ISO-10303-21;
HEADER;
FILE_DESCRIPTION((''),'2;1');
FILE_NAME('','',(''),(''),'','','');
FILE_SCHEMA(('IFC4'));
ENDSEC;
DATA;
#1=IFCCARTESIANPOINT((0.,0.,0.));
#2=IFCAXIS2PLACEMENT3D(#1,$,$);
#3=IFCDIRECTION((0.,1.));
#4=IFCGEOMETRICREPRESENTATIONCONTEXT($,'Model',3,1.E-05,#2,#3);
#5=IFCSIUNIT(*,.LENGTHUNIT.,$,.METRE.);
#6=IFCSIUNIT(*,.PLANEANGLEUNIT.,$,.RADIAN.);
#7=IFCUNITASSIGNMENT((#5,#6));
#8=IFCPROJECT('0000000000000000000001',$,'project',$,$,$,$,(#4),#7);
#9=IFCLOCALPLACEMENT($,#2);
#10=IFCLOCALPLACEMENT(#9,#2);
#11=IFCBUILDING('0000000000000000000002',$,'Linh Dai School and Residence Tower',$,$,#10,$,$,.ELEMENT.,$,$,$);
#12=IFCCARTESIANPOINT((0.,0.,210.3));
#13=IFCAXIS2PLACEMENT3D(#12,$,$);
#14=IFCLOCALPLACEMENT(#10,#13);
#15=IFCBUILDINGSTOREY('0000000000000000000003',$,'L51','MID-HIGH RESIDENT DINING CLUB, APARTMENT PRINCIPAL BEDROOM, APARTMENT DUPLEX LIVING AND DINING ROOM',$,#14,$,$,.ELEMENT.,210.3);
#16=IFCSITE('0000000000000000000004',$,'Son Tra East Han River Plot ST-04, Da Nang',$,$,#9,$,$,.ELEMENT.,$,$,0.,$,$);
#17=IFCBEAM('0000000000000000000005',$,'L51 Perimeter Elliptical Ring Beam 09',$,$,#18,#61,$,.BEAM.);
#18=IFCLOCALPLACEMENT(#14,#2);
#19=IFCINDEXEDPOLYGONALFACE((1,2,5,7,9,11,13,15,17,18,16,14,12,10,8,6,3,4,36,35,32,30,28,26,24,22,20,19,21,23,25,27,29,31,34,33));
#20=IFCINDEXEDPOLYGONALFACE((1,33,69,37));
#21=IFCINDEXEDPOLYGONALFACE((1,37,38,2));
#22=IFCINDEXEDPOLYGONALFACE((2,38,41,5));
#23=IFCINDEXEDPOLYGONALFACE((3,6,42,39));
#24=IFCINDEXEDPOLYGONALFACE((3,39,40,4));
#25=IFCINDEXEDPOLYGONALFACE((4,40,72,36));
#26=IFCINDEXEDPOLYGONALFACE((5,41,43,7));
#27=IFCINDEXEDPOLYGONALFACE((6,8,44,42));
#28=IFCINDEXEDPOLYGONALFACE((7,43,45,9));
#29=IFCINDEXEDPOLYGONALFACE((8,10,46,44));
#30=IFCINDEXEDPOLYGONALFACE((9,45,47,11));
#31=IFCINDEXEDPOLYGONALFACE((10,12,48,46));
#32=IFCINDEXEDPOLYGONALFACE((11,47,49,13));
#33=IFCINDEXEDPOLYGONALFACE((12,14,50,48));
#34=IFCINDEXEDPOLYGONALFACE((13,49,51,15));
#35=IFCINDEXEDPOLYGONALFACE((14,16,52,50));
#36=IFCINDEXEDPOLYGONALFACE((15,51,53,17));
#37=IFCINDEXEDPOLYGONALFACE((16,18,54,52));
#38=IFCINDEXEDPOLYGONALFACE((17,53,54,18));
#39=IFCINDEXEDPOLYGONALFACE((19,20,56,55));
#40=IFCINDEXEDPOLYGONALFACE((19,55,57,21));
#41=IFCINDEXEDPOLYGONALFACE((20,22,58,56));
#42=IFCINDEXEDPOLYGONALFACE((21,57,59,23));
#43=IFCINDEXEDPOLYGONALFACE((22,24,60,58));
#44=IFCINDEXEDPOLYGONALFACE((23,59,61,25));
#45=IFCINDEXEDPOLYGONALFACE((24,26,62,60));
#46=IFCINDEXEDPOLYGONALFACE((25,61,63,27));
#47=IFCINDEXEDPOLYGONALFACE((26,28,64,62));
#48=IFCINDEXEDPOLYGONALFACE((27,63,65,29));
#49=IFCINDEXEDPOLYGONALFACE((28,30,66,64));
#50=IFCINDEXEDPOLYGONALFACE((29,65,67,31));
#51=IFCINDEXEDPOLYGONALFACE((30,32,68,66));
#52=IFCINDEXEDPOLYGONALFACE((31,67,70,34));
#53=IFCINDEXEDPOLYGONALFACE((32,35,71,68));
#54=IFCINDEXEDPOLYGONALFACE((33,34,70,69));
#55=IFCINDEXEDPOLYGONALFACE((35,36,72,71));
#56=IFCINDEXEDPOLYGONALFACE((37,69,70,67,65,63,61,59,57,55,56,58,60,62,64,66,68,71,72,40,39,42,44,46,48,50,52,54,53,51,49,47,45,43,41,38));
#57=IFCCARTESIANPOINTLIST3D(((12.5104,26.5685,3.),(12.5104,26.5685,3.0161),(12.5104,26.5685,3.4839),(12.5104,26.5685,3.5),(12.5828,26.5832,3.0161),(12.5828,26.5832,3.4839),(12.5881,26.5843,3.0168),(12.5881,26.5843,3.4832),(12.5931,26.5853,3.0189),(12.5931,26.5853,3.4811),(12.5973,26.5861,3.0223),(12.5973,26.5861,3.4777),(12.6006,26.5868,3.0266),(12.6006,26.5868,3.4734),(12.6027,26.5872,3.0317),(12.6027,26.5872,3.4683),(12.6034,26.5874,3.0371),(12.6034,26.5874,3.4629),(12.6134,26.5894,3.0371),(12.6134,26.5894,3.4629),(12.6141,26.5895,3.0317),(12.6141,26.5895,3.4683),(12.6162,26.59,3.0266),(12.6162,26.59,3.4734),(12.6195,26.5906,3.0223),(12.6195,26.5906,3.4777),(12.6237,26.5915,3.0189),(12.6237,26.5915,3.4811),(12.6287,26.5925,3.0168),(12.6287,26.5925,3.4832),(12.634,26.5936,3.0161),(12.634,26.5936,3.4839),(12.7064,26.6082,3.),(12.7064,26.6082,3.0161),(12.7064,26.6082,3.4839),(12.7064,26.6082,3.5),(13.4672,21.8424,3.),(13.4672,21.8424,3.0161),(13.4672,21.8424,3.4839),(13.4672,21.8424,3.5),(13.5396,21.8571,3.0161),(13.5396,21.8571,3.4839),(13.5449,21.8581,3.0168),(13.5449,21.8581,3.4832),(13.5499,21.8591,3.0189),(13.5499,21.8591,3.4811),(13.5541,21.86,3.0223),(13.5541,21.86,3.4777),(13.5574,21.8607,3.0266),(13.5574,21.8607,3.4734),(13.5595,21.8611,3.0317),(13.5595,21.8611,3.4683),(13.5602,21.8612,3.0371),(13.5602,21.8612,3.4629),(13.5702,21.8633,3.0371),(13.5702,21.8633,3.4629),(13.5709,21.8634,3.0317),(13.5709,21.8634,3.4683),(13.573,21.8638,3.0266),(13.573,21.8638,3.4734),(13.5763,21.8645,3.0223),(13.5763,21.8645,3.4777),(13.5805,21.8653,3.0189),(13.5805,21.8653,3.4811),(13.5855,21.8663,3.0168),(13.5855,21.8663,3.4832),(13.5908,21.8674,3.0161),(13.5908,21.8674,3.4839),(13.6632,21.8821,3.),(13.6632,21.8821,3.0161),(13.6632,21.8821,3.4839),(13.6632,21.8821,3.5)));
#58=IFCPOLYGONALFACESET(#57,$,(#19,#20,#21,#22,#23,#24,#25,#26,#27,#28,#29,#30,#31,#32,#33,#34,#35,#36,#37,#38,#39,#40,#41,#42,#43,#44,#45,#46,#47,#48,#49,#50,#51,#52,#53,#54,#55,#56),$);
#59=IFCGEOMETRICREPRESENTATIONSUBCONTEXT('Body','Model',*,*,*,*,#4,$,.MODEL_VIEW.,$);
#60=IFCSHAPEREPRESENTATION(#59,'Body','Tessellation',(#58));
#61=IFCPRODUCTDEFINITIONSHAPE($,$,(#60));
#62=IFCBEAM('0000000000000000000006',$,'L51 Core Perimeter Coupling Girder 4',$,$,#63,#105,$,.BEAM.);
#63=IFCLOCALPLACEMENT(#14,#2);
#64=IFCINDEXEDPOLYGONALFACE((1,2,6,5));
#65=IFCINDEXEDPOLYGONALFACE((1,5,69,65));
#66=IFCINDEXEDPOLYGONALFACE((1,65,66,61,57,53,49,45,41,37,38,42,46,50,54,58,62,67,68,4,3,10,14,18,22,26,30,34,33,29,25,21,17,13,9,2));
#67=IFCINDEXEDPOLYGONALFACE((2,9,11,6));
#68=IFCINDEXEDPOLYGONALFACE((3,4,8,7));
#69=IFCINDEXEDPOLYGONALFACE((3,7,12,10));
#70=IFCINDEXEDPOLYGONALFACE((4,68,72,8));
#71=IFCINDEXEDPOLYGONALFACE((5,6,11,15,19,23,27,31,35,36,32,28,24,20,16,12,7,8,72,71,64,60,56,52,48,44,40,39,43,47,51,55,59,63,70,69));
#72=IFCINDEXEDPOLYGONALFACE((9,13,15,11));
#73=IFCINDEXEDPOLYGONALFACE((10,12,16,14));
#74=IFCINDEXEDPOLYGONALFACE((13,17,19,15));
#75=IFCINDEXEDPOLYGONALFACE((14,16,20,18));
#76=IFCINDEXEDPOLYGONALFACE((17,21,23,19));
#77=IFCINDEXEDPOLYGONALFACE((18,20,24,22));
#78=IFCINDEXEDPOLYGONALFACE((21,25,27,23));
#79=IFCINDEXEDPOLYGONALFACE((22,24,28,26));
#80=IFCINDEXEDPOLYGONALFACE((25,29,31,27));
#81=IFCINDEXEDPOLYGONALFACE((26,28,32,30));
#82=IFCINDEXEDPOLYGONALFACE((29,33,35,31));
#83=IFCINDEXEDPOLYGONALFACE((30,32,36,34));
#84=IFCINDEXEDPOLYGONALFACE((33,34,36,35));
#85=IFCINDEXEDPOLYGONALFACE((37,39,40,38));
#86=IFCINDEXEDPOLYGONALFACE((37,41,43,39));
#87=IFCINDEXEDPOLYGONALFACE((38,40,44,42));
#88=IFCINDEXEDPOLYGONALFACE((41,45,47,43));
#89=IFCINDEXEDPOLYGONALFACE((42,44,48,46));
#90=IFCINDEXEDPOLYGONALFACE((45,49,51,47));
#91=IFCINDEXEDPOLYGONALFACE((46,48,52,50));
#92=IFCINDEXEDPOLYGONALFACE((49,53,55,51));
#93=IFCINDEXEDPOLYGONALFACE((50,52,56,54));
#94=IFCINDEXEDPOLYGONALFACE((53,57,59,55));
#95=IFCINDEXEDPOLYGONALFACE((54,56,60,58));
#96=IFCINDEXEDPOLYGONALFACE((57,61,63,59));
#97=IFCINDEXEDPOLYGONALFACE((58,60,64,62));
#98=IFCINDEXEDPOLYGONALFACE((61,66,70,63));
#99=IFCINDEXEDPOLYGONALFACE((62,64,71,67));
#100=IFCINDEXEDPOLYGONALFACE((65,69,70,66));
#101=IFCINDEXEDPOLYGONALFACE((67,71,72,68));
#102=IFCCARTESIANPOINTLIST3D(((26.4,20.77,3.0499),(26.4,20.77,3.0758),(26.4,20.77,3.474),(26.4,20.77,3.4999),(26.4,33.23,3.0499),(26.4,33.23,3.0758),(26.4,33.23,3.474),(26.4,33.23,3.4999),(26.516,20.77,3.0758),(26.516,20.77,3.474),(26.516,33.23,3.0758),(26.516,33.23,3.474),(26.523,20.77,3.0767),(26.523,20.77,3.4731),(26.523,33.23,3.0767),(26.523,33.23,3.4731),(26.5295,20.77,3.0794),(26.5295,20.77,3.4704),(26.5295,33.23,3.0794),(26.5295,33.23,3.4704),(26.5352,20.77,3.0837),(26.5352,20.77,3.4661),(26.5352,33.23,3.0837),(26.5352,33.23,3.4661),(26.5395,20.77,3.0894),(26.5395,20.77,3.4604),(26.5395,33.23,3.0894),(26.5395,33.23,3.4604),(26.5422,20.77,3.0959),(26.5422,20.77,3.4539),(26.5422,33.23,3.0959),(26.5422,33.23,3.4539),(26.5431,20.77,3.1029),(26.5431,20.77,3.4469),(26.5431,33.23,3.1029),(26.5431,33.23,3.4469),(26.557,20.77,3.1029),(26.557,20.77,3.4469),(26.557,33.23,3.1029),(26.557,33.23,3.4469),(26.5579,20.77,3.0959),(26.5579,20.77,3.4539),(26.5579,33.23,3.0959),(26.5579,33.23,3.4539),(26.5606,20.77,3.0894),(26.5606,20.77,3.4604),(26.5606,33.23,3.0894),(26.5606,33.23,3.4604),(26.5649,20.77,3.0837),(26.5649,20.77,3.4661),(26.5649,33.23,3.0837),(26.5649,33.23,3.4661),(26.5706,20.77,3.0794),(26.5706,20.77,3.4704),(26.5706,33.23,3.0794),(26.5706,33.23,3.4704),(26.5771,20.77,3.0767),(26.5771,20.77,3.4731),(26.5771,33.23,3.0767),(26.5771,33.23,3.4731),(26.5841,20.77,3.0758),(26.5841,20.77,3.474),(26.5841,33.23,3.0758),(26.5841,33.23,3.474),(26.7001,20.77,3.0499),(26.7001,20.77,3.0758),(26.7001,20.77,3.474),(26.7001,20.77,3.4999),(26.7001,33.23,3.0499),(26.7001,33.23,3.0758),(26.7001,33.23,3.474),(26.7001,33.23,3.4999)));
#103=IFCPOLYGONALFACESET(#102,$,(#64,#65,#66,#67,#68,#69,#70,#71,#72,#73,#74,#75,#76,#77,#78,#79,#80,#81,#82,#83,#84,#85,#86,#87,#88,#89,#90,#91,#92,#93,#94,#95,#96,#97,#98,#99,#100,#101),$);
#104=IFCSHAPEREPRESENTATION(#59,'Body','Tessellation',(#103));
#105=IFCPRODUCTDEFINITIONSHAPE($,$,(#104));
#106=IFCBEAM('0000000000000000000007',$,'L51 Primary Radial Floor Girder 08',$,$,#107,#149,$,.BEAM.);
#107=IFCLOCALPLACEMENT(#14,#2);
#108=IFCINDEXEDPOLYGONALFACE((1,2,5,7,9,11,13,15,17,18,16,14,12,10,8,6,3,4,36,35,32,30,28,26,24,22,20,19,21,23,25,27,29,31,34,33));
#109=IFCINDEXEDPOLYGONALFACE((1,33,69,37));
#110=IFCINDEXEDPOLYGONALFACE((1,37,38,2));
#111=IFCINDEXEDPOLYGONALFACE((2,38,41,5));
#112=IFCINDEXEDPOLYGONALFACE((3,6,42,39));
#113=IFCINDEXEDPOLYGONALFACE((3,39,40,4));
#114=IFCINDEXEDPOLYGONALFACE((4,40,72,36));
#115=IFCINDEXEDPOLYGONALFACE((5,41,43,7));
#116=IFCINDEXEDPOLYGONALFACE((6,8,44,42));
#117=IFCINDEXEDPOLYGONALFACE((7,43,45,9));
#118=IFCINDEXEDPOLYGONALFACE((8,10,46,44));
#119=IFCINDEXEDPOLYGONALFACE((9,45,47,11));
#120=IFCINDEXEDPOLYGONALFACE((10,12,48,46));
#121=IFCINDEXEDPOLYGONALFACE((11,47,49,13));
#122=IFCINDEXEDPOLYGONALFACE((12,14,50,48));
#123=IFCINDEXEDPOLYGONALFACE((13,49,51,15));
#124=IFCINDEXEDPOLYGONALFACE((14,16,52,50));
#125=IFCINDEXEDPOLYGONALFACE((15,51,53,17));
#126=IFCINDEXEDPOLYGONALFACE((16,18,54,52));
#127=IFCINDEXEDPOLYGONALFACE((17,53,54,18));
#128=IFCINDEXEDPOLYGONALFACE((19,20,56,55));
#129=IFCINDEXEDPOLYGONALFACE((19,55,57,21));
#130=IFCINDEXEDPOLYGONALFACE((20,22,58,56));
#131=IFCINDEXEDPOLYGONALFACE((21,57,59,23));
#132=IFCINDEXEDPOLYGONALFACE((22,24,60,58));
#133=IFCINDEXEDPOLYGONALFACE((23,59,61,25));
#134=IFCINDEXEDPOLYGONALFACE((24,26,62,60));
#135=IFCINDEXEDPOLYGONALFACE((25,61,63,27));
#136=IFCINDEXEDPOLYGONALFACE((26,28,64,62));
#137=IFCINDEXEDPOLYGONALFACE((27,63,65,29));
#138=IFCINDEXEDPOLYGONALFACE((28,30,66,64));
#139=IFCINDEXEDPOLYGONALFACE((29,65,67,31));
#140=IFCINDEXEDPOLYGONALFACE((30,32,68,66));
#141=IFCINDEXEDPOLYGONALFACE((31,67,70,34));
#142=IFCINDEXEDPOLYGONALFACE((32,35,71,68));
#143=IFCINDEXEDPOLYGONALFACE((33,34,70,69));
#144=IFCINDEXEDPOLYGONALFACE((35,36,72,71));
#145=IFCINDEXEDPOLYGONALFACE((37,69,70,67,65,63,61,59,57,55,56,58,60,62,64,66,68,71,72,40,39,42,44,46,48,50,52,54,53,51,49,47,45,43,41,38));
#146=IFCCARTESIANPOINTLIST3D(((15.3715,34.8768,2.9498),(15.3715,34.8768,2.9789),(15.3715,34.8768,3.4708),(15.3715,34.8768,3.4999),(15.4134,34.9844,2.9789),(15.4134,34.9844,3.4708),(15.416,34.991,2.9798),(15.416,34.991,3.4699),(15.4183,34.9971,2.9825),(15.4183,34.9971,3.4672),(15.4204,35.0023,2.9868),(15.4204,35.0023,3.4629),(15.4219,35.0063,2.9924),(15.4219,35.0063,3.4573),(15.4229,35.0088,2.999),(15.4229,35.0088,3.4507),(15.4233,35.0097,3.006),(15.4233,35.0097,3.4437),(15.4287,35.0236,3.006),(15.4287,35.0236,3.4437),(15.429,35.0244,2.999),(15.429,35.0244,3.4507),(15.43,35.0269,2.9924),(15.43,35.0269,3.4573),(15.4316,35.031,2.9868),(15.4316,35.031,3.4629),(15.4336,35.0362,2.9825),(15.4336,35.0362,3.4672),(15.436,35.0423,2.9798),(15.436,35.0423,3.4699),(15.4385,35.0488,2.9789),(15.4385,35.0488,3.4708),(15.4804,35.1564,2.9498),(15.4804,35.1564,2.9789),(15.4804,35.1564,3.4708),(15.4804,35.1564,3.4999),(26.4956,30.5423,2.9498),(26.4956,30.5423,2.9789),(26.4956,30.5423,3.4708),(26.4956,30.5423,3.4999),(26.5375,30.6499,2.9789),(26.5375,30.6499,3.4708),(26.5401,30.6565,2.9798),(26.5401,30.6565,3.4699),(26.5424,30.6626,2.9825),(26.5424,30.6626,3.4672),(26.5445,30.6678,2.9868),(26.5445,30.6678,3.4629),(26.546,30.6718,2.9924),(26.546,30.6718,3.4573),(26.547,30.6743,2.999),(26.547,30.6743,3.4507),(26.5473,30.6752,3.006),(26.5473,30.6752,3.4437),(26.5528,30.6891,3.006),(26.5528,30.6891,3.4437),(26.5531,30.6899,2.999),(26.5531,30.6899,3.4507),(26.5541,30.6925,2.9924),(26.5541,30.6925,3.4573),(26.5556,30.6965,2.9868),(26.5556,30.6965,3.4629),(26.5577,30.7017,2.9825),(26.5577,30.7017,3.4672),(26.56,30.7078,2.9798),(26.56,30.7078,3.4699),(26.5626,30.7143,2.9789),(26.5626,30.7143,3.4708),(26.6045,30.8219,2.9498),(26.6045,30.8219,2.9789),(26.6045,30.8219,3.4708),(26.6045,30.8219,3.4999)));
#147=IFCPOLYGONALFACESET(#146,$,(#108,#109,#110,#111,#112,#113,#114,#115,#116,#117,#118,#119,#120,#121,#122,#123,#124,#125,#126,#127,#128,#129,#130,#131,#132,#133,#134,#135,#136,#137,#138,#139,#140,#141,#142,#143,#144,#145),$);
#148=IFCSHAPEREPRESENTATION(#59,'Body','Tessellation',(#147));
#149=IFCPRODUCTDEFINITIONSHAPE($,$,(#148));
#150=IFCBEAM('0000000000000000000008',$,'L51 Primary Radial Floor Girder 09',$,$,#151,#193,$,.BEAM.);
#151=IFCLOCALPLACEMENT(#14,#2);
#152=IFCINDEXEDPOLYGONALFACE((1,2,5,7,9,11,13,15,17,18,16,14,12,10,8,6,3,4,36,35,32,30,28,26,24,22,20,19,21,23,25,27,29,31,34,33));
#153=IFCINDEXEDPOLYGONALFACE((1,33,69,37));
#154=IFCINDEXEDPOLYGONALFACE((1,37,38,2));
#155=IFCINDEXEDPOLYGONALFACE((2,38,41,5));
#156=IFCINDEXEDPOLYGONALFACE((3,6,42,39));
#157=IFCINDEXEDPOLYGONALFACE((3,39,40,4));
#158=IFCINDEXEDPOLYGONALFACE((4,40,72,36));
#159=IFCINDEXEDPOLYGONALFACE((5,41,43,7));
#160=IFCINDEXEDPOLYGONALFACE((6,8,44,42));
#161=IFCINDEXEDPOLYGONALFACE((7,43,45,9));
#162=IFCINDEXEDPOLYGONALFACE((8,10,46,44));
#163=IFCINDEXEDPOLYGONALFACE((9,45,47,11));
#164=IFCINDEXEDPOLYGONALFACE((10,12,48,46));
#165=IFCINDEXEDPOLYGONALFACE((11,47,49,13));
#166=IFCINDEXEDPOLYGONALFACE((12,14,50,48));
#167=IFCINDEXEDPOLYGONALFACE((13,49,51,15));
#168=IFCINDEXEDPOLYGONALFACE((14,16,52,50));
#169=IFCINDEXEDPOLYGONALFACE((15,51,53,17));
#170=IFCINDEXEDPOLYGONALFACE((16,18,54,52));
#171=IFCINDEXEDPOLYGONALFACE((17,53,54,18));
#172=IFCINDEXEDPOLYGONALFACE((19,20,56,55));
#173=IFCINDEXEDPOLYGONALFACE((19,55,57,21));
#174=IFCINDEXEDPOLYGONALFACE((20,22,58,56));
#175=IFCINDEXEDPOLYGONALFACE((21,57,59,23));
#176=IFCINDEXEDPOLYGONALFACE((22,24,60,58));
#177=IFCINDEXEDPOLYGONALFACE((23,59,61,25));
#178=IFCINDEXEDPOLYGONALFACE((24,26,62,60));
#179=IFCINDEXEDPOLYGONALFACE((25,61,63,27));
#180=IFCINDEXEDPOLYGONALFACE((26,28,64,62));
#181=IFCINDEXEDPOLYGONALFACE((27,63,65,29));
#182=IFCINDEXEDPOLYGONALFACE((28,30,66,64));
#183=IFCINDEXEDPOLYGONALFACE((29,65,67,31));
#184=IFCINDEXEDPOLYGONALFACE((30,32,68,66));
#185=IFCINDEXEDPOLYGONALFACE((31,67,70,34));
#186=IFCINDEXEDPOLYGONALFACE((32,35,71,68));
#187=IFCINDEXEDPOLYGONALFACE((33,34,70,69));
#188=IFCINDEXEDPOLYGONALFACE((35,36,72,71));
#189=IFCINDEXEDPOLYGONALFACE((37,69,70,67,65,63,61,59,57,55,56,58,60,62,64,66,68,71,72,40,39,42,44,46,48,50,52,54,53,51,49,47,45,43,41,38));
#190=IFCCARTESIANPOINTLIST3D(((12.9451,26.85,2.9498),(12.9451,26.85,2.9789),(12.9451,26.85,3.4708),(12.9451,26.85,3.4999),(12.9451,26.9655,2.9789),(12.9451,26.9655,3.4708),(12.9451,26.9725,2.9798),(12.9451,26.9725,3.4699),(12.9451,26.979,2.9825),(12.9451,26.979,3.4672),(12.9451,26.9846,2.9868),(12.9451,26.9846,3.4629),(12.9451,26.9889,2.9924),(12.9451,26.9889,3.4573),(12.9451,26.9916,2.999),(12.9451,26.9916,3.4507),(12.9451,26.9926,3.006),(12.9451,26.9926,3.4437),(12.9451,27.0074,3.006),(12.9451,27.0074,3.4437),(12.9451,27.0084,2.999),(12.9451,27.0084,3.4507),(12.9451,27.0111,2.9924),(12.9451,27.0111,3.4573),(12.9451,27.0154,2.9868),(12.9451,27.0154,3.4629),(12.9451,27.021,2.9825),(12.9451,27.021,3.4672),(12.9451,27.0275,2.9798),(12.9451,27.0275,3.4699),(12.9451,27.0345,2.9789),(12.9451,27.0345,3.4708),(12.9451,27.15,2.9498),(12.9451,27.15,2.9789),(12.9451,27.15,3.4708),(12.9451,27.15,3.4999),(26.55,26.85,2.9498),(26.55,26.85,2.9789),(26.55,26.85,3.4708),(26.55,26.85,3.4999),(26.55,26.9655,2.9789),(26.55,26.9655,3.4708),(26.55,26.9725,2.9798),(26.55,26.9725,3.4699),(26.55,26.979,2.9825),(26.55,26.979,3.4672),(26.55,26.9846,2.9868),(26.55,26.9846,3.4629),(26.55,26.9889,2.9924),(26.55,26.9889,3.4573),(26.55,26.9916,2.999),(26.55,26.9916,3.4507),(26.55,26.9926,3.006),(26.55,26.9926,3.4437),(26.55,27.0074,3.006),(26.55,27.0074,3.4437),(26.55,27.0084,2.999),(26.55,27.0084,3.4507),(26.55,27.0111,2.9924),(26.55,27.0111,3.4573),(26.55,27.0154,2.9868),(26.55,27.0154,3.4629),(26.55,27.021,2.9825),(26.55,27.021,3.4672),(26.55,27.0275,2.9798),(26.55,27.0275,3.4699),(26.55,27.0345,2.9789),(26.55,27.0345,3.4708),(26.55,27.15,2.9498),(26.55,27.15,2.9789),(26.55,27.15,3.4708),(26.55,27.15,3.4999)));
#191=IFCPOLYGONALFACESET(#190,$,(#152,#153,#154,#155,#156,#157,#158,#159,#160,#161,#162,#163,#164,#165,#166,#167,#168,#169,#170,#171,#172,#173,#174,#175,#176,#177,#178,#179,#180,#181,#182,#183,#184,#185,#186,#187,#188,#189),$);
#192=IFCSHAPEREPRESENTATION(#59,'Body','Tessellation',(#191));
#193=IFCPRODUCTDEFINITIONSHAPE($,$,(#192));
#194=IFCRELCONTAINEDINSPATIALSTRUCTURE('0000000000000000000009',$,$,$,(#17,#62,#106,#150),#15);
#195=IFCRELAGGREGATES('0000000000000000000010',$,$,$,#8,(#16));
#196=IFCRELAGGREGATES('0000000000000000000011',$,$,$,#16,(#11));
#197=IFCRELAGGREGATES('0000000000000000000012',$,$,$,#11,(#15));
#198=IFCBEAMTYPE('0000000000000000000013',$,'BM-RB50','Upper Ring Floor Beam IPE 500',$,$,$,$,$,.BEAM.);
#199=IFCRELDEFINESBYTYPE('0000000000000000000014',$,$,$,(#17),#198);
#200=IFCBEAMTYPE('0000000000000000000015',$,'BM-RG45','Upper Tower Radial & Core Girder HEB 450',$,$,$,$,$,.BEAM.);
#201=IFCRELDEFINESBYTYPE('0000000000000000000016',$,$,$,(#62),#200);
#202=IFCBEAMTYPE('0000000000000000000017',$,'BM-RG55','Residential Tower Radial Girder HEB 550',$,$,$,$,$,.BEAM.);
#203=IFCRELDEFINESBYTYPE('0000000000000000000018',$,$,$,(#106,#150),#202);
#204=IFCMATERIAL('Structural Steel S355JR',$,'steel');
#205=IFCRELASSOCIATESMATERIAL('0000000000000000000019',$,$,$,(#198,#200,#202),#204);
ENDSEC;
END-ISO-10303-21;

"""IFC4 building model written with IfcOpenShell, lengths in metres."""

from ifc_helpers import new_model, si_unit, direction, frame, origin, origin_2d, place, context, subcontext, project, spatial, i_section, extrude, material, material_profile, profile_set, type_object, element, save


model = new_model("IFC4")

# Units and contexts
model_context = context("Model", 3, precision=1e-05, world=origin(), true_north=direction((0.0, 1.0)))
body_context = subcontext(model_context, "Body", "Model", "MODEL_VIEW")
ifc_project = project(units=[si_unit("LENGTHUNIT", "METRE"), si_unit("PLANEANGLEUNIT", "RADIAN")], contexts=[model_context])

# Site, building, storey
site_placement = place(None, origin())
site = spatial("IfcSite", under=ifc_project, at=site_placement, Name="Son Tra East Han River Plot ST-04, Da Nang", CompositionType="ELEMENT", RefElevation=0.0)
building_placement = place(site_placement, origin())
building = spatial("IfcBuilding", under=site, at=building_placement, Name="Linh Dai School and Residence Tower", CompositionType="ELEMENT")
storey_placement = place(building_placement, frame((0.0, 0.0, 210.3)))
storey = spatial("IfcBuildingStorey", under=building, at=storey_placement, Name="L51", Description="MID-HIGH RESIDENT DINING CLUB, APARTMENT PRINCIPAL BEDROOM, APARTMENT DUPLEX LIVING AND DINING ROOM", CompositionType="ELEMENT", Elevation=210.3)

# Shared definitions
ifc_material_1 = material(Name="Structural Steel S355JR", Category="steel")

# Beams
ifc_material_profile_1 = material_profile(ifc_material_1, i_section(OverallWidth=0.2, OverallDepth=0.5, WebThickness=0.0103, FlangeThickness=0.0161, FilletRadius=0.021, at=origin_2d()), Name="IPE 500")
ifc_profile_set_1 = profile_set([ifc_material_profile_1], Name="Structural Steel S355JR")
beam_type_1 = type_object("IfcBeamType", Name="BM-RB50", Description="Upper Ring Floor Beam IPE 500", PredefinedType="BEAM", material=ifc_profile_set_1)
beam_1_placement = place(storey_placement, frame((12.6084, 26.5884, 3.25), z_axis=(0.198423, -0.980116, 0.0), x_axis=(0.980116, 0.198423, 0.0)))
element("IfcBeam", 1, at=beam_1_placement, inside=storey, type_object=beam_type_1, Name="L51 Perimeter Elliptical Ring Beam 09", PredefinedType="BEAM", context=body_context, shape_type="SweptSolid", body=[
    extrude(i_section(OverallWidth=0.2, OverallDepth=0.5, WebThickness=0.0103, FlangeThickness=0.0161, FilletRadius=0.021, at=origin_2d()), origin(), (0.0, 0.0, 1.0), 4.822),
])
ifc_material_profile_2 = material_profile(ifc_material_1, i_section(OverallWidth=0.3, OverallDepth=0.45, WebThickness=0.0139, FlangeThickness=0.0259, FilletRadius=0.0271, at=origin_2d()), Name="HEB 450")
ifc_profile_set_2 = profile_set([ifc_material_profile_2], Name="Structural Steel S355JR")
beam_type_2 = type_object("IfcBeamType", Name="BM-RG45", Description="Upper Tower Radial & Core Girder HEB 450", PredefinedType="BEAM", material=ifc_profile_set_2)
beam_2_placement = place(storey_placement, frame((26.55, 33.23, 3.2749), z_axis=(0.0, -1.0, 0.0), x_axis=(1.0, 0.0, 0.0)))
element("IfcBeam", 2, at=beam_2_placement, inside=storey, type_object=beam_type_2, Name="L51 Core Perimeter Coupling Girder 4", PredefinedType="BEAM", context=body_context, shape_type="SweptSolid", body=[
    extrude(i_section(OverallWidth=0.3, OverallDepth=0.45, WebThickness=0.0139, FlangeThickness=0.0259, FilletRadius=0.0271, at=origin_2d()), origin(), (0.0, 0.0, 1.0), 12.46),
])
ifc_material_profile_3 = material_profile(ifc_material_1, i_section(OverallWidth=0.3, OverallDepth=0.55, WebThickness=0.0149, FlangeThickness=0.0291, FilletRadius=0.0271, at=origin_2d()), Name="HEB 550")
ifc_profile_set_3 = profile_set([ifc_material_profile_3], Name="Structural Steel S355JR")
beam_type_3 = type_object("IfcBeamType", Name="BM-RG55", Description="Residential Tower Radial Girder HEB 550", PredefinedType="BEAM", material=ifc_profile_set_3)
beam_3_placement = place(storey_placement, frame((26.55, 30.6821, 3.2249), z_axis=(-0.931765, 0.363062, 0.0), x_axis=(-0.363062, -0.931765, 0.0)))
element("IfcBeam", 3, at=beam_3_placement, inside=storey, type_object=beam_type_3, Name="L51 Primary Radial Floor Girder 08", PredefinedType="BEAM", context=body_context, shape_type="SweptSolid", body=[
    extrude(i_section(OverallWidth=0.3, OverallDepth=0.55, WebThickness=0.0149, FlangeThickness=0.0291, FilletRadius=0.0271, at=origin_2d()), origin(), (0.0, 0.0, 1.0), 11.9387),
])
beam_4_placement = place(storey_placement, frame((26.55, 27.0, 3.2249), z_axis=(-1.0, 0.0, 0.0), x_axis=(0.0, -1.0, 0.0)))
element("IfcBeam", 4, at=beam_4_placement, inside=storey, type_object=beam_type_3, Name="L51 Primary Radial Floor Girder 09", PredefinedType="BEAM", context=body_context, shape_type="SweptSolid", body=[
    extrude(i_section(OverallWidth=0.3, OverallDepth=0.55, WebThickness=0.0149, FlangeThickness=0.0291, FilletRadius=0.0271, at=origin_2d()), origin(), (0.0, 0.0, 1.0), 13.605),
])

save(model, "model.ifc")
